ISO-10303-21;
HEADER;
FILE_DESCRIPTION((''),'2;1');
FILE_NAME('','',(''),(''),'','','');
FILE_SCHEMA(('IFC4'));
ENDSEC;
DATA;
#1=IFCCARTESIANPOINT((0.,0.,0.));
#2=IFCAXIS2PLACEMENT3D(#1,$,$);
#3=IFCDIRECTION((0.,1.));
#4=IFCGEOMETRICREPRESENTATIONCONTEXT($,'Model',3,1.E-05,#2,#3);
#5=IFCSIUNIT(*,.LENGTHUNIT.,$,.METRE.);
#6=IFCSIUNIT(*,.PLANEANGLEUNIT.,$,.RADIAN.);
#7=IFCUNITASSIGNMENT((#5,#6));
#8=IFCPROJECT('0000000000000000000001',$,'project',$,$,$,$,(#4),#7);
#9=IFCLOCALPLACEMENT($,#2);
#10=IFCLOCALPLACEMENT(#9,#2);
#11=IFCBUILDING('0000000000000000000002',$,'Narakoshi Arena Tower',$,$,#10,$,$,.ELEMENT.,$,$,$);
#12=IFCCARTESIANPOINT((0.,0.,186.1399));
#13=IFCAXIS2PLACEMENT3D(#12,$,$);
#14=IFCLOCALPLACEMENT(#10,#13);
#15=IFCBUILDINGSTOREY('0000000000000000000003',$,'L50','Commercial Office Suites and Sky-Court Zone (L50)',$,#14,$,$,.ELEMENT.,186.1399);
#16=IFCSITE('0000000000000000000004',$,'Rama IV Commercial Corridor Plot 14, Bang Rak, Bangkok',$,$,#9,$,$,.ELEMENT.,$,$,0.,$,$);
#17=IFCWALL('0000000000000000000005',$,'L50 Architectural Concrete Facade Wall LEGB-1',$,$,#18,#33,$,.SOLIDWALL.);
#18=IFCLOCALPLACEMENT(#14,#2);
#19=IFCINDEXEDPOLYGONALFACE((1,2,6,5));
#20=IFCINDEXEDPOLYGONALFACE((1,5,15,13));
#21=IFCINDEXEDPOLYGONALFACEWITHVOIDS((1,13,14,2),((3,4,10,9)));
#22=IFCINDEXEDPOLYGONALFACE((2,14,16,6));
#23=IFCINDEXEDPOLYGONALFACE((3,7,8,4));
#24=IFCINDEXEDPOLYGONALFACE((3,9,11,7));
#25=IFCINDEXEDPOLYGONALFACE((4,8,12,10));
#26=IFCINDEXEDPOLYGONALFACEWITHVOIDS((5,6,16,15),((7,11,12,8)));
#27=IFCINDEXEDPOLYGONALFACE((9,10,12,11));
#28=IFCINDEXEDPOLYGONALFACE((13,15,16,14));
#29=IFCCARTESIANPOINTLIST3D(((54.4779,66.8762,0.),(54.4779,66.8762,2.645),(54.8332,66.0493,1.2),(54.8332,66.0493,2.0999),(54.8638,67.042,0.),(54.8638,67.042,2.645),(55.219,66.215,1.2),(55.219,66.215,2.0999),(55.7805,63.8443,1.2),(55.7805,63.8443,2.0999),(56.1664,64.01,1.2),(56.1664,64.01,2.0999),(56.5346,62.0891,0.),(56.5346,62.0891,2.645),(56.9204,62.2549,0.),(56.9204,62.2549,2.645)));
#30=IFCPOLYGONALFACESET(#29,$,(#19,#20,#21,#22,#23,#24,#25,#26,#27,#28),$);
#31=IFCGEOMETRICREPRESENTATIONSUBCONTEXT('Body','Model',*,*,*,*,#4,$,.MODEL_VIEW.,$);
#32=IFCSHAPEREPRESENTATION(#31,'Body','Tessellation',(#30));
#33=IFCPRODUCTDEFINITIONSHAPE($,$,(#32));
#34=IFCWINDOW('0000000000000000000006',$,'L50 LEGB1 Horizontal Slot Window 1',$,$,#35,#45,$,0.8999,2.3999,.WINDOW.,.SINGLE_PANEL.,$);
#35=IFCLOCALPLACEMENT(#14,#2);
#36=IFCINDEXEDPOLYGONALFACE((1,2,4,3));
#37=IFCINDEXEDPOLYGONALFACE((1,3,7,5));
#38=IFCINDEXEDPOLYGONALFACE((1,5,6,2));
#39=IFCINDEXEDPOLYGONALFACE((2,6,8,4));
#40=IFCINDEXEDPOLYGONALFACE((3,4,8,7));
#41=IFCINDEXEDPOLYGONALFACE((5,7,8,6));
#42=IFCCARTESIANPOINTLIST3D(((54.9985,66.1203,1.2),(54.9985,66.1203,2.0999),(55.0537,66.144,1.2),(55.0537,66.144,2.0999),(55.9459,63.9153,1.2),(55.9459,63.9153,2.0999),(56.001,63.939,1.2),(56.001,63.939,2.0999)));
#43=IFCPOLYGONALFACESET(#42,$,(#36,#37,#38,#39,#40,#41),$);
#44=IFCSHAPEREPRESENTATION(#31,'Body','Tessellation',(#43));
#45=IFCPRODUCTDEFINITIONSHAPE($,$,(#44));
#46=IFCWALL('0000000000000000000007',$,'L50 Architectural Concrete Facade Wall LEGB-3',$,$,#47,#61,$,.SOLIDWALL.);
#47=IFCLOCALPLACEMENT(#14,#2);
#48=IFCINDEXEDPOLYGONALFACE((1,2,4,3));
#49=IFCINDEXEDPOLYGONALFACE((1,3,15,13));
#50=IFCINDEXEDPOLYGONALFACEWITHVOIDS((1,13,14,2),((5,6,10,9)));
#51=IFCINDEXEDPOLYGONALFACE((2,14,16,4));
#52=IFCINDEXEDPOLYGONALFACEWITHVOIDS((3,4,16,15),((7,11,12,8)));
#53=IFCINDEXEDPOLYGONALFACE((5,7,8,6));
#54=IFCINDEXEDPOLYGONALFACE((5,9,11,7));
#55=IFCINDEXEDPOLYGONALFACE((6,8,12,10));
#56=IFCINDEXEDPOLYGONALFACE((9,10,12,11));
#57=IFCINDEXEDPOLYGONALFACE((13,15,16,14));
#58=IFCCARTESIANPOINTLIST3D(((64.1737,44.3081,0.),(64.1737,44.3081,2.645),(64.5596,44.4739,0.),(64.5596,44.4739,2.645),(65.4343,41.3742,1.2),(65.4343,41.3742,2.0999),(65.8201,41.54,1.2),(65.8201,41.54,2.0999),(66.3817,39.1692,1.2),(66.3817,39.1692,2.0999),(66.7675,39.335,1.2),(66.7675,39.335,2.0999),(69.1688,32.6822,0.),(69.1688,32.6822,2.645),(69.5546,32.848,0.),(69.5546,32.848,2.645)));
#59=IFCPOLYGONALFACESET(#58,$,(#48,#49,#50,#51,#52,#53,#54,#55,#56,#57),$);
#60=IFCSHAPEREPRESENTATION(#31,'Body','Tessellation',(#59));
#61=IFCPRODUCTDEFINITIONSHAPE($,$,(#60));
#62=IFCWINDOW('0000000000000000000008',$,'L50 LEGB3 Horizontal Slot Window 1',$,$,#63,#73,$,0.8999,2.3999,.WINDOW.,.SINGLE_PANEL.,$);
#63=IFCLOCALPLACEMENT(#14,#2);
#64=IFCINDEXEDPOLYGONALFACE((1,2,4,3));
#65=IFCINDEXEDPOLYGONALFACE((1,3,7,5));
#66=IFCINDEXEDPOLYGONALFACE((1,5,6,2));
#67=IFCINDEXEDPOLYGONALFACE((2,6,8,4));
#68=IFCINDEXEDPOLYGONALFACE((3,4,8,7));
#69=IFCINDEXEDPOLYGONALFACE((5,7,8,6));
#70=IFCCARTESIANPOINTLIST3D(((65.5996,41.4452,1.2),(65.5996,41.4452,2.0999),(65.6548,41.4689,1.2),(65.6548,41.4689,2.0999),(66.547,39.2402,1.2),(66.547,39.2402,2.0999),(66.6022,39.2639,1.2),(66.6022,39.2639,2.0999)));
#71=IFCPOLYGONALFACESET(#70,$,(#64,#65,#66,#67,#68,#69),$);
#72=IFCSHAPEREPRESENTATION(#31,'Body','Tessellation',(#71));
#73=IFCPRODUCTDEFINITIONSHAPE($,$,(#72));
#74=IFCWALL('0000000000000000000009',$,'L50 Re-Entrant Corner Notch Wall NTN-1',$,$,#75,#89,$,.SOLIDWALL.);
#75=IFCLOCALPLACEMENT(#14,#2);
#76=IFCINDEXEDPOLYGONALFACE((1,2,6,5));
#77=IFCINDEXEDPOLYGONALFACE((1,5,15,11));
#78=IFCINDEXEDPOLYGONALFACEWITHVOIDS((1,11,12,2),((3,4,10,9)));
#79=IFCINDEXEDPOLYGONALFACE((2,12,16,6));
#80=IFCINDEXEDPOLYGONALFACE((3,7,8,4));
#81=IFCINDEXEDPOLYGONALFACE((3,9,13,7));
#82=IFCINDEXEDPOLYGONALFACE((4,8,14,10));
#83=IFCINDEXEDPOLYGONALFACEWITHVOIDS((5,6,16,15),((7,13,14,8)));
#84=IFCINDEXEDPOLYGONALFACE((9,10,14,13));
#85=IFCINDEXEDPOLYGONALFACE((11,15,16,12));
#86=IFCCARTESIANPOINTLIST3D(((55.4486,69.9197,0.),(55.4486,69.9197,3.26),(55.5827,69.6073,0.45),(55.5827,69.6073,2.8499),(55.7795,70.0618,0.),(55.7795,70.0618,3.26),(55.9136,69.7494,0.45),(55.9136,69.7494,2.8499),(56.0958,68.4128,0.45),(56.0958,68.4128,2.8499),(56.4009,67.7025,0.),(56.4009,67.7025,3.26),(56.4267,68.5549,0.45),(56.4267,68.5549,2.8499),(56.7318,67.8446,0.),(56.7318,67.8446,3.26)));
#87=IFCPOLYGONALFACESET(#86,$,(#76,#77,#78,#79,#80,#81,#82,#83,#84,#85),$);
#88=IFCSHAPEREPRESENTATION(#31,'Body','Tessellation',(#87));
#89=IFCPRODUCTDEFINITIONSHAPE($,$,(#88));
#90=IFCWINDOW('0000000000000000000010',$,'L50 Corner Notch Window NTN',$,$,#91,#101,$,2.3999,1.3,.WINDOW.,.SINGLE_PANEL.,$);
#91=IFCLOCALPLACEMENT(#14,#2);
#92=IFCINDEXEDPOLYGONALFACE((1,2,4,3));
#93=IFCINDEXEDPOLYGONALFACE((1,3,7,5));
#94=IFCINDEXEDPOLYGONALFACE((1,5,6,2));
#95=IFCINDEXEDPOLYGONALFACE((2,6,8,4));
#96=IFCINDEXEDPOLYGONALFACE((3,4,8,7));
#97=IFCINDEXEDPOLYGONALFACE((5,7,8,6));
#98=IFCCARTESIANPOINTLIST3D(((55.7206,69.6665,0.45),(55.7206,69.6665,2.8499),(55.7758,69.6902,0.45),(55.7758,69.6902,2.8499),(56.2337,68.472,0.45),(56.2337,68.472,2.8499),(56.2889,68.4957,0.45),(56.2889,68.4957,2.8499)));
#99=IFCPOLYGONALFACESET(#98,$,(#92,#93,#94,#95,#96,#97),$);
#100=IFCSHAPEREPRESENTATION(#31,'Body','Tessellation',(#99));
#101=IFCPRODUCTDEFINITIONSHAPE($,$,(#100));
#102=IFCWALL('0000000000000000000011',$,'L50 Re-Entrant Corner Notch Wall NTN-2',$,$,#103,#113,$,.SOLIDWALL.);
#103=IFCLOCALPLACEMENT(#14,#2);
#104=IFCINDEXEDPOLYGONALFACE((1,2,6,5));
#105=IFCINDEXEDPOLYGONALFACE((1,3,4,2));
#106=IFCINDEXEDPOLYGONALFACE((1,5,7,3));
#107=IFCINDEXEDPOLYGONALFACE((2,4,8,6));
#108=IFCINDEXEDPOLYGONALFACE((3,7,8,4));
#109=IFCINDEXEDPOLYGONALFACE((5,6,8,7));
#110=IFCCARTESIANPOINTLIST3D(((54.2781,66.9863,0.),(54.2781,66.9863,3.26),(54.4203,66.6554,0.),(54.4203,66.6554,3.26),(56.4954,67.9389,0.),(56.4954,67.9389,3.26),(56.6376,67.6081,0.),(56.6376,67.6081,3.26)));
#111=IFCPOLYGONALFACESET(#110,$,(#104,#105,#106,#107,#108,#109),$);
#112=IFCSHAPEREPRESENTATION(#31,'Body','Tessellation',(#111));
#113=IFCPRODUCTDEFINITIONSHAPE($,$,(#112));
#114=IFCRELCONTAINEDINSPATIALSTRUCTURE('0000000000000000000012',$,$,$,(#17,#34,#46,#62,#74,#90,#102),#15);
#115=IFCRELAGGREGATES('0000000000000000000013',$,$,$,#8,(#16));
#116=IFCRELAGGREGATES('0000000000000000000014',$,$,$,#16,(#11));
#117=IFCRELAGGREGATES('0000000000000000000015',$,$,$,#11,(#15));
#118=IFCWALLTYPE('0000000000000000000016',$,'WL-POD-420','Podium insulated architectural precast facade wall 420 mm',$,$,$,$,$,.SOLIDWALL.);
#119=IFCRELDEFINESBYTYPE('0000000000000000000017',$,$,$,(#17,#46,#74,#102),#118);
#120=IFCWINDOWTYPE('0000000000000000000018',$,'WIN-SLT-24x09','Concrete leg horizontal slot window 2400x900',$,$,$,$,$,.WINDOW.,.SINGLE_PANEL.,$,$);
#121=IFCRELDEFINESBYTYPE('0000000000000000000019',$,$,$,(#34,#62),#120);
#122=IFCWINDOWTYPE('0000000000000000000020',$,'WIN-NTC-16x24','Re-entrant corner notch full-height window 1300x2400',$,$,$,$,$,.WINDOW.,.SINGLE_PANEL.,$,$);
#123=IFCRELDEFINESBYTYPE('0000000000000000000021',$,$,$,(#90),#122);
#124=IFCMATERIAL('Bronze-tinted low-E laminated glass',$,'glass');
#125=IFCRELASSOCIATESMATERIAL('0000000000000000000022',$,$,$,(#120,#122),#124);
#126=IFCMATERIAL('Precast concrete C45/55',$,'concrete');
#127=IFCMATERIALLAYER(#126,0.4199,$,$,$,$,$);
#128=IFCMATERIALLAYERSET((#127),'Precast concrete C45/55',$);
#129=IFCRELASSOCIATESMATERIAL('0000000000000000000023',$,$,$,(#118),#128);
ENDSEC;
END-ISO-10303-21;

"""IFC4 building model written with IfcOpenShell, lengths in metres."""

from ifc_helpers import new_model, si_unit, direction, frame, frame_2d, origin, place, context, subcontext, project, spatial, rectangle, extrude, material, layer, layer_set, type_object, element, fill, save


model = new_model("IFC4")

# Units and contexts
model_context = context("Model", 3, precision=1e-05, world=origin(), true_north=direction((0.0, 1.0)))
body_context = subcontext(model_context, "Body", "Model", "MODEL_VIEW")
ifc_project = project(units=[si_unit("LENGTHUNIT", "METRE"), si_unit("PLANEANGLEUNIT", "RADIAN")], contexts=[model_context])

# Site, building, storey
site_placement = place(None, origin())
site = spatial("IfcSite", under=ifc_project, at=site_placement, Name="Rama IV Commercial Corridor Plot 14, Bang Rak, Bangkok", CompositionType="ELEMENT", RefElevation=0.0)
building_placement = place(site_placement, origin())
building = spatial("IfcBuilding", under=site, at=building_placement, Name="Narakoshi Arena Tower", CompositionType="ELEMENT")
storey_placement = place(building_placement, frame((0.0, 0.0, 186.1399)))
storey = spatial("IfcBuildingStorey", under=building, at=storey_placement, Name="L50", Description="Commercial Office Suites and Sky-Court Zone (L50)", CompositionType="ELEMENT", Elevation=186.1399)

# Shared definitions
ifc_material_1 = material(Name="Bronze-tinted low-E laminated glass", Category="glass")

# Shared definitions
window_type_1 = type_object("IfcWindowType", Name="WIN-SLT-24x09", Description="Concrete leg horizontal slot window 2400x900", PartitioningType="SINGLE_PANEL", PredefinedType="WINDOW", material=ifc_material_1)

# Shared definitions
ifc_material_2 = material(Name="Precast concrete C45/55", Category="concrete")

# Walls, openings, windows
ifc_layer_1 = layer(ifc_material_2, 0.4199)
ifc_layer_set_1 = layer_set([ifc_layer_1], Name="Precast concrete C45/55")
wall_type_1 = type_object("IfcWallType", Name="WL-POD-420", Description="Podium insulated architectural precast facade wall 420 mm", PredefinedType="SOLIDWALL", material=ifc_layer_set_1)
wall_1_placement = place(storey_placement, frame((54.6709, 66.959, 0.0), z_axis=(0.0, 0.0, 1.0), x_axis=(0.394734, -0.918796, 0.0)))
wall_1 = element("IfcWall", 1, at=wall_1_placement, inside=storey, type_object=wall_type_1, Name="L50 Architectural Concrete Facade Wall LEGB-1", PredefinedType="SOLIDWALL", context=body_context, shape_type="SweptSolid", body=[
    extrude(rectangle(XDim=5.2102, YDim=0.4199, at=frame_2d((2.605, 0.0))), origin(), (0.0, 0.0, 1.0), 2.645),
])
opening_1_placement = place(wall_1_placement, frame((0.8999, 0.0, 1.2)))
opening_1 = element("IfcOpeningElement", 2, at=opening_1_placement, cuts=wall_1, PredefinedType="OPENING", context=body_context, shape_type="SweptSolid", body=[
    extrude(rectangle(XDim=2.3999, YDim=0.8999, at=frame_2d((1.2, 0.45))), frame((0.0, 0.22, 0.0), z_axis=(0.0, -1.0, 0.0), x_axis=(1.0, 0.0, 0.0)), (0.0, 0.0, 1.0), 0.4399),
])
window_1_placement = place(opening_1_placement, origin())
window_1 = element("IfcWindow", 3, at=window_1_placement, inside=storey, type_object=window_type_1, Name="L50 LEGB1 Horizontal Slot Window 1", OverallHeight=0.8999, OverallWidth=2.3999, PartitioningType="SINGLE_PANEL", PredefinedType="WINDOW", context=body_context, shape_type="SweptSolid", body=[
    extrude(rectangle(XDim=2.3999, YDim=0.8999, at=frame_2d((1.2, 0.45))), frame((0.0, 0.03, 0.0), z_axis=(0.0, -1.0, 0.0), x_axis=(1.0, 0.0, 0.0)), (0.0, 0.0, 1.0), 0.0601),
])
fill(opening_1, window_1)
wall_2_placement = place(storey_placement, frame((64.3667, 44.3909, 0.0), z_axis=(0.0, 0.0, 1.0), x_axis=(0.394757, -0.918785, 0.0)))
wall_2 = element("IfcWall", 4, at=wall_2_placement, inside=storey, type_object=wall_type_1, Name="L50 Architectural Concrete Facade Wall LEGB-3", PredefinedType="SOLIDWALL", context=body_context, shape_type="SweptSolid", body=[
    extrude(rectangle(XDim=12.6536, YDim=0.4199, at=frame_2d((6.3267, 0.0))), origin(), (0.0, 0.0, 1.0), 2.645),
])
opening_2_placement = place(wall_2_placement, frame((3.1931, 0.0, 1.2)))
opening_2 = element("IfcOpeningElement", 5, at=opening_2_placement, cuts=wall_2, PredefinedType="OPENING", context=body_context, shape_type="SweptSolid", body=[
    extrude(rectangle(XDim=2.3999, YDim=0.8999, at=frame_2d((1.2, 0.45))), frame((0.0, 0.22, 0.0), z_axis=(0.0, -1.0, 0.0), x_axis=(1.0, 0.0, 0.0)), (0.0, 0.0, 1.0), 0.4399),
])
window_2_placement = place(opening_2_placement, origin())
window_2 = element("IfcWindow", 6, at=window_2_placement, inside=storey, type_object=window_type_1, Name="L50 LEGB3 Horizontal Slot Window 1", OverallHeight=0.8999, OverallWidth=2.3999, PartitioningType="SINGLE_PANEL", PredefinedType="WINDOW", context=body_context, shape_type="SweptSolid", body=[
    extrude(rectangle(XDim=2.3999, YDim=0.8999, at=frame_2d((1.2, 0.45))), frame((0.0, 0.03, 0.0), z_axis=(0.0, -1.0, 0.0), x_axis=(1.0, 0.0, 0.0)), (0.0, 0.0, 1.0), 0.0601),
])
fill(opening_2, window_2)
wall_3_placement = place(storey_placement, frame((55.614, 69.9907, 0.0), z_axis=(0.0, 0.0, 1.0), x_axis=(0.394664, -0.918826, 0.0)))
wall_3 = element("IfcWall", 7, at=wall_3_placement, inside=storey, type_object=wall_type_1, Name="L50 Re-Entrant Corner Notch Wall NTN-1", PredefinedType="SOLIDWALL", context=body_context, shape_type="SweptSolid", body=[
    extrude(rectangle(XDim=2.4131, YDim=0.3601, at=frame_2d((1.2065, 0.0))), origin(), (0.0, 0.0, 1.0), 3.26),
])
opening_3_placement = place(wall_3_placement, frame((0.3401, 0.0, 0.45)))
opening_3 = element("IfcOpeningElement", 8, at=opening_3_placement, cuts=wall_3, PredefinedType="OPENING", context=body_context, shape_type="SweptSolid", body=[
    extrude(rectangle(XDim=1.3, YDim=2.3999, at=frame_2d((0.6499, 1.2))), frame((0.0, 0.1899, 0.0), z_axis=(0.0, -1.0, 0.0), x_axis=(1.0, 0.0, 0.0)), (0.0, 0.0, 1.0), 0.3801),
])
window_type_2 = type_object("IfcWindowType", Name="WIN-NTC-16x24", Description="Re-entrant corner notch full-height window 1300x2400", PartitioningType="SINGLE_PANEL", PredefinedType="WINDOW", material=ifc_material_1)
window_3_placement = place(opening_3_placement, origin())
window_3 = element("IfcWindow", 9, at=window_3_placement, inside=storey, type_object=window_type_2, Name="L50 Corner Notch Window NTN", OverallHeight=2.3999, OverallWidth=1.3, PartitioningType="SINGLE_PANEL", PredefinedType="WINDOW", context=body_context, shape_type="SweptSolid", body=[
    extrude(rectangle(XDim=1.3, YDim=2.3999, at=frame_2d((0.6499, 1.2))), frame((0.0, 0.03, 0.0), z_axis=(0.0, -1.0, 0.0), x_axis=(1.0, 0.0, 0.0)), (0.0, 0.0, 1.0), 0.0601),
])
fill(opening_3, window_3)

# Wall
wall_4_placement = place(storey_placement, frame((56.5664, 67.7734, 0.0), z_axis=(0.0, 0.0, 1.0), x_axis=(-0.918789, -0.394749, 0.0)))
element("IfcWall", 10, at=wall_4_placement, inside=storey, type_object=wall_type_1, Name="L50 Re-Entrant Corner Notch Wall NTN-2", PredefinedType="SOLIDWALL", context=body_context, shape_type="SweptSolid", body=[
    extrude(rectangle(XDim=2.4133, YDim=0.3601, at=frame_2d((1.2065, 0.0))), origin(), (0.0, 0.0, 1.0), 3.26),
])

save(model, "model.ifc")
